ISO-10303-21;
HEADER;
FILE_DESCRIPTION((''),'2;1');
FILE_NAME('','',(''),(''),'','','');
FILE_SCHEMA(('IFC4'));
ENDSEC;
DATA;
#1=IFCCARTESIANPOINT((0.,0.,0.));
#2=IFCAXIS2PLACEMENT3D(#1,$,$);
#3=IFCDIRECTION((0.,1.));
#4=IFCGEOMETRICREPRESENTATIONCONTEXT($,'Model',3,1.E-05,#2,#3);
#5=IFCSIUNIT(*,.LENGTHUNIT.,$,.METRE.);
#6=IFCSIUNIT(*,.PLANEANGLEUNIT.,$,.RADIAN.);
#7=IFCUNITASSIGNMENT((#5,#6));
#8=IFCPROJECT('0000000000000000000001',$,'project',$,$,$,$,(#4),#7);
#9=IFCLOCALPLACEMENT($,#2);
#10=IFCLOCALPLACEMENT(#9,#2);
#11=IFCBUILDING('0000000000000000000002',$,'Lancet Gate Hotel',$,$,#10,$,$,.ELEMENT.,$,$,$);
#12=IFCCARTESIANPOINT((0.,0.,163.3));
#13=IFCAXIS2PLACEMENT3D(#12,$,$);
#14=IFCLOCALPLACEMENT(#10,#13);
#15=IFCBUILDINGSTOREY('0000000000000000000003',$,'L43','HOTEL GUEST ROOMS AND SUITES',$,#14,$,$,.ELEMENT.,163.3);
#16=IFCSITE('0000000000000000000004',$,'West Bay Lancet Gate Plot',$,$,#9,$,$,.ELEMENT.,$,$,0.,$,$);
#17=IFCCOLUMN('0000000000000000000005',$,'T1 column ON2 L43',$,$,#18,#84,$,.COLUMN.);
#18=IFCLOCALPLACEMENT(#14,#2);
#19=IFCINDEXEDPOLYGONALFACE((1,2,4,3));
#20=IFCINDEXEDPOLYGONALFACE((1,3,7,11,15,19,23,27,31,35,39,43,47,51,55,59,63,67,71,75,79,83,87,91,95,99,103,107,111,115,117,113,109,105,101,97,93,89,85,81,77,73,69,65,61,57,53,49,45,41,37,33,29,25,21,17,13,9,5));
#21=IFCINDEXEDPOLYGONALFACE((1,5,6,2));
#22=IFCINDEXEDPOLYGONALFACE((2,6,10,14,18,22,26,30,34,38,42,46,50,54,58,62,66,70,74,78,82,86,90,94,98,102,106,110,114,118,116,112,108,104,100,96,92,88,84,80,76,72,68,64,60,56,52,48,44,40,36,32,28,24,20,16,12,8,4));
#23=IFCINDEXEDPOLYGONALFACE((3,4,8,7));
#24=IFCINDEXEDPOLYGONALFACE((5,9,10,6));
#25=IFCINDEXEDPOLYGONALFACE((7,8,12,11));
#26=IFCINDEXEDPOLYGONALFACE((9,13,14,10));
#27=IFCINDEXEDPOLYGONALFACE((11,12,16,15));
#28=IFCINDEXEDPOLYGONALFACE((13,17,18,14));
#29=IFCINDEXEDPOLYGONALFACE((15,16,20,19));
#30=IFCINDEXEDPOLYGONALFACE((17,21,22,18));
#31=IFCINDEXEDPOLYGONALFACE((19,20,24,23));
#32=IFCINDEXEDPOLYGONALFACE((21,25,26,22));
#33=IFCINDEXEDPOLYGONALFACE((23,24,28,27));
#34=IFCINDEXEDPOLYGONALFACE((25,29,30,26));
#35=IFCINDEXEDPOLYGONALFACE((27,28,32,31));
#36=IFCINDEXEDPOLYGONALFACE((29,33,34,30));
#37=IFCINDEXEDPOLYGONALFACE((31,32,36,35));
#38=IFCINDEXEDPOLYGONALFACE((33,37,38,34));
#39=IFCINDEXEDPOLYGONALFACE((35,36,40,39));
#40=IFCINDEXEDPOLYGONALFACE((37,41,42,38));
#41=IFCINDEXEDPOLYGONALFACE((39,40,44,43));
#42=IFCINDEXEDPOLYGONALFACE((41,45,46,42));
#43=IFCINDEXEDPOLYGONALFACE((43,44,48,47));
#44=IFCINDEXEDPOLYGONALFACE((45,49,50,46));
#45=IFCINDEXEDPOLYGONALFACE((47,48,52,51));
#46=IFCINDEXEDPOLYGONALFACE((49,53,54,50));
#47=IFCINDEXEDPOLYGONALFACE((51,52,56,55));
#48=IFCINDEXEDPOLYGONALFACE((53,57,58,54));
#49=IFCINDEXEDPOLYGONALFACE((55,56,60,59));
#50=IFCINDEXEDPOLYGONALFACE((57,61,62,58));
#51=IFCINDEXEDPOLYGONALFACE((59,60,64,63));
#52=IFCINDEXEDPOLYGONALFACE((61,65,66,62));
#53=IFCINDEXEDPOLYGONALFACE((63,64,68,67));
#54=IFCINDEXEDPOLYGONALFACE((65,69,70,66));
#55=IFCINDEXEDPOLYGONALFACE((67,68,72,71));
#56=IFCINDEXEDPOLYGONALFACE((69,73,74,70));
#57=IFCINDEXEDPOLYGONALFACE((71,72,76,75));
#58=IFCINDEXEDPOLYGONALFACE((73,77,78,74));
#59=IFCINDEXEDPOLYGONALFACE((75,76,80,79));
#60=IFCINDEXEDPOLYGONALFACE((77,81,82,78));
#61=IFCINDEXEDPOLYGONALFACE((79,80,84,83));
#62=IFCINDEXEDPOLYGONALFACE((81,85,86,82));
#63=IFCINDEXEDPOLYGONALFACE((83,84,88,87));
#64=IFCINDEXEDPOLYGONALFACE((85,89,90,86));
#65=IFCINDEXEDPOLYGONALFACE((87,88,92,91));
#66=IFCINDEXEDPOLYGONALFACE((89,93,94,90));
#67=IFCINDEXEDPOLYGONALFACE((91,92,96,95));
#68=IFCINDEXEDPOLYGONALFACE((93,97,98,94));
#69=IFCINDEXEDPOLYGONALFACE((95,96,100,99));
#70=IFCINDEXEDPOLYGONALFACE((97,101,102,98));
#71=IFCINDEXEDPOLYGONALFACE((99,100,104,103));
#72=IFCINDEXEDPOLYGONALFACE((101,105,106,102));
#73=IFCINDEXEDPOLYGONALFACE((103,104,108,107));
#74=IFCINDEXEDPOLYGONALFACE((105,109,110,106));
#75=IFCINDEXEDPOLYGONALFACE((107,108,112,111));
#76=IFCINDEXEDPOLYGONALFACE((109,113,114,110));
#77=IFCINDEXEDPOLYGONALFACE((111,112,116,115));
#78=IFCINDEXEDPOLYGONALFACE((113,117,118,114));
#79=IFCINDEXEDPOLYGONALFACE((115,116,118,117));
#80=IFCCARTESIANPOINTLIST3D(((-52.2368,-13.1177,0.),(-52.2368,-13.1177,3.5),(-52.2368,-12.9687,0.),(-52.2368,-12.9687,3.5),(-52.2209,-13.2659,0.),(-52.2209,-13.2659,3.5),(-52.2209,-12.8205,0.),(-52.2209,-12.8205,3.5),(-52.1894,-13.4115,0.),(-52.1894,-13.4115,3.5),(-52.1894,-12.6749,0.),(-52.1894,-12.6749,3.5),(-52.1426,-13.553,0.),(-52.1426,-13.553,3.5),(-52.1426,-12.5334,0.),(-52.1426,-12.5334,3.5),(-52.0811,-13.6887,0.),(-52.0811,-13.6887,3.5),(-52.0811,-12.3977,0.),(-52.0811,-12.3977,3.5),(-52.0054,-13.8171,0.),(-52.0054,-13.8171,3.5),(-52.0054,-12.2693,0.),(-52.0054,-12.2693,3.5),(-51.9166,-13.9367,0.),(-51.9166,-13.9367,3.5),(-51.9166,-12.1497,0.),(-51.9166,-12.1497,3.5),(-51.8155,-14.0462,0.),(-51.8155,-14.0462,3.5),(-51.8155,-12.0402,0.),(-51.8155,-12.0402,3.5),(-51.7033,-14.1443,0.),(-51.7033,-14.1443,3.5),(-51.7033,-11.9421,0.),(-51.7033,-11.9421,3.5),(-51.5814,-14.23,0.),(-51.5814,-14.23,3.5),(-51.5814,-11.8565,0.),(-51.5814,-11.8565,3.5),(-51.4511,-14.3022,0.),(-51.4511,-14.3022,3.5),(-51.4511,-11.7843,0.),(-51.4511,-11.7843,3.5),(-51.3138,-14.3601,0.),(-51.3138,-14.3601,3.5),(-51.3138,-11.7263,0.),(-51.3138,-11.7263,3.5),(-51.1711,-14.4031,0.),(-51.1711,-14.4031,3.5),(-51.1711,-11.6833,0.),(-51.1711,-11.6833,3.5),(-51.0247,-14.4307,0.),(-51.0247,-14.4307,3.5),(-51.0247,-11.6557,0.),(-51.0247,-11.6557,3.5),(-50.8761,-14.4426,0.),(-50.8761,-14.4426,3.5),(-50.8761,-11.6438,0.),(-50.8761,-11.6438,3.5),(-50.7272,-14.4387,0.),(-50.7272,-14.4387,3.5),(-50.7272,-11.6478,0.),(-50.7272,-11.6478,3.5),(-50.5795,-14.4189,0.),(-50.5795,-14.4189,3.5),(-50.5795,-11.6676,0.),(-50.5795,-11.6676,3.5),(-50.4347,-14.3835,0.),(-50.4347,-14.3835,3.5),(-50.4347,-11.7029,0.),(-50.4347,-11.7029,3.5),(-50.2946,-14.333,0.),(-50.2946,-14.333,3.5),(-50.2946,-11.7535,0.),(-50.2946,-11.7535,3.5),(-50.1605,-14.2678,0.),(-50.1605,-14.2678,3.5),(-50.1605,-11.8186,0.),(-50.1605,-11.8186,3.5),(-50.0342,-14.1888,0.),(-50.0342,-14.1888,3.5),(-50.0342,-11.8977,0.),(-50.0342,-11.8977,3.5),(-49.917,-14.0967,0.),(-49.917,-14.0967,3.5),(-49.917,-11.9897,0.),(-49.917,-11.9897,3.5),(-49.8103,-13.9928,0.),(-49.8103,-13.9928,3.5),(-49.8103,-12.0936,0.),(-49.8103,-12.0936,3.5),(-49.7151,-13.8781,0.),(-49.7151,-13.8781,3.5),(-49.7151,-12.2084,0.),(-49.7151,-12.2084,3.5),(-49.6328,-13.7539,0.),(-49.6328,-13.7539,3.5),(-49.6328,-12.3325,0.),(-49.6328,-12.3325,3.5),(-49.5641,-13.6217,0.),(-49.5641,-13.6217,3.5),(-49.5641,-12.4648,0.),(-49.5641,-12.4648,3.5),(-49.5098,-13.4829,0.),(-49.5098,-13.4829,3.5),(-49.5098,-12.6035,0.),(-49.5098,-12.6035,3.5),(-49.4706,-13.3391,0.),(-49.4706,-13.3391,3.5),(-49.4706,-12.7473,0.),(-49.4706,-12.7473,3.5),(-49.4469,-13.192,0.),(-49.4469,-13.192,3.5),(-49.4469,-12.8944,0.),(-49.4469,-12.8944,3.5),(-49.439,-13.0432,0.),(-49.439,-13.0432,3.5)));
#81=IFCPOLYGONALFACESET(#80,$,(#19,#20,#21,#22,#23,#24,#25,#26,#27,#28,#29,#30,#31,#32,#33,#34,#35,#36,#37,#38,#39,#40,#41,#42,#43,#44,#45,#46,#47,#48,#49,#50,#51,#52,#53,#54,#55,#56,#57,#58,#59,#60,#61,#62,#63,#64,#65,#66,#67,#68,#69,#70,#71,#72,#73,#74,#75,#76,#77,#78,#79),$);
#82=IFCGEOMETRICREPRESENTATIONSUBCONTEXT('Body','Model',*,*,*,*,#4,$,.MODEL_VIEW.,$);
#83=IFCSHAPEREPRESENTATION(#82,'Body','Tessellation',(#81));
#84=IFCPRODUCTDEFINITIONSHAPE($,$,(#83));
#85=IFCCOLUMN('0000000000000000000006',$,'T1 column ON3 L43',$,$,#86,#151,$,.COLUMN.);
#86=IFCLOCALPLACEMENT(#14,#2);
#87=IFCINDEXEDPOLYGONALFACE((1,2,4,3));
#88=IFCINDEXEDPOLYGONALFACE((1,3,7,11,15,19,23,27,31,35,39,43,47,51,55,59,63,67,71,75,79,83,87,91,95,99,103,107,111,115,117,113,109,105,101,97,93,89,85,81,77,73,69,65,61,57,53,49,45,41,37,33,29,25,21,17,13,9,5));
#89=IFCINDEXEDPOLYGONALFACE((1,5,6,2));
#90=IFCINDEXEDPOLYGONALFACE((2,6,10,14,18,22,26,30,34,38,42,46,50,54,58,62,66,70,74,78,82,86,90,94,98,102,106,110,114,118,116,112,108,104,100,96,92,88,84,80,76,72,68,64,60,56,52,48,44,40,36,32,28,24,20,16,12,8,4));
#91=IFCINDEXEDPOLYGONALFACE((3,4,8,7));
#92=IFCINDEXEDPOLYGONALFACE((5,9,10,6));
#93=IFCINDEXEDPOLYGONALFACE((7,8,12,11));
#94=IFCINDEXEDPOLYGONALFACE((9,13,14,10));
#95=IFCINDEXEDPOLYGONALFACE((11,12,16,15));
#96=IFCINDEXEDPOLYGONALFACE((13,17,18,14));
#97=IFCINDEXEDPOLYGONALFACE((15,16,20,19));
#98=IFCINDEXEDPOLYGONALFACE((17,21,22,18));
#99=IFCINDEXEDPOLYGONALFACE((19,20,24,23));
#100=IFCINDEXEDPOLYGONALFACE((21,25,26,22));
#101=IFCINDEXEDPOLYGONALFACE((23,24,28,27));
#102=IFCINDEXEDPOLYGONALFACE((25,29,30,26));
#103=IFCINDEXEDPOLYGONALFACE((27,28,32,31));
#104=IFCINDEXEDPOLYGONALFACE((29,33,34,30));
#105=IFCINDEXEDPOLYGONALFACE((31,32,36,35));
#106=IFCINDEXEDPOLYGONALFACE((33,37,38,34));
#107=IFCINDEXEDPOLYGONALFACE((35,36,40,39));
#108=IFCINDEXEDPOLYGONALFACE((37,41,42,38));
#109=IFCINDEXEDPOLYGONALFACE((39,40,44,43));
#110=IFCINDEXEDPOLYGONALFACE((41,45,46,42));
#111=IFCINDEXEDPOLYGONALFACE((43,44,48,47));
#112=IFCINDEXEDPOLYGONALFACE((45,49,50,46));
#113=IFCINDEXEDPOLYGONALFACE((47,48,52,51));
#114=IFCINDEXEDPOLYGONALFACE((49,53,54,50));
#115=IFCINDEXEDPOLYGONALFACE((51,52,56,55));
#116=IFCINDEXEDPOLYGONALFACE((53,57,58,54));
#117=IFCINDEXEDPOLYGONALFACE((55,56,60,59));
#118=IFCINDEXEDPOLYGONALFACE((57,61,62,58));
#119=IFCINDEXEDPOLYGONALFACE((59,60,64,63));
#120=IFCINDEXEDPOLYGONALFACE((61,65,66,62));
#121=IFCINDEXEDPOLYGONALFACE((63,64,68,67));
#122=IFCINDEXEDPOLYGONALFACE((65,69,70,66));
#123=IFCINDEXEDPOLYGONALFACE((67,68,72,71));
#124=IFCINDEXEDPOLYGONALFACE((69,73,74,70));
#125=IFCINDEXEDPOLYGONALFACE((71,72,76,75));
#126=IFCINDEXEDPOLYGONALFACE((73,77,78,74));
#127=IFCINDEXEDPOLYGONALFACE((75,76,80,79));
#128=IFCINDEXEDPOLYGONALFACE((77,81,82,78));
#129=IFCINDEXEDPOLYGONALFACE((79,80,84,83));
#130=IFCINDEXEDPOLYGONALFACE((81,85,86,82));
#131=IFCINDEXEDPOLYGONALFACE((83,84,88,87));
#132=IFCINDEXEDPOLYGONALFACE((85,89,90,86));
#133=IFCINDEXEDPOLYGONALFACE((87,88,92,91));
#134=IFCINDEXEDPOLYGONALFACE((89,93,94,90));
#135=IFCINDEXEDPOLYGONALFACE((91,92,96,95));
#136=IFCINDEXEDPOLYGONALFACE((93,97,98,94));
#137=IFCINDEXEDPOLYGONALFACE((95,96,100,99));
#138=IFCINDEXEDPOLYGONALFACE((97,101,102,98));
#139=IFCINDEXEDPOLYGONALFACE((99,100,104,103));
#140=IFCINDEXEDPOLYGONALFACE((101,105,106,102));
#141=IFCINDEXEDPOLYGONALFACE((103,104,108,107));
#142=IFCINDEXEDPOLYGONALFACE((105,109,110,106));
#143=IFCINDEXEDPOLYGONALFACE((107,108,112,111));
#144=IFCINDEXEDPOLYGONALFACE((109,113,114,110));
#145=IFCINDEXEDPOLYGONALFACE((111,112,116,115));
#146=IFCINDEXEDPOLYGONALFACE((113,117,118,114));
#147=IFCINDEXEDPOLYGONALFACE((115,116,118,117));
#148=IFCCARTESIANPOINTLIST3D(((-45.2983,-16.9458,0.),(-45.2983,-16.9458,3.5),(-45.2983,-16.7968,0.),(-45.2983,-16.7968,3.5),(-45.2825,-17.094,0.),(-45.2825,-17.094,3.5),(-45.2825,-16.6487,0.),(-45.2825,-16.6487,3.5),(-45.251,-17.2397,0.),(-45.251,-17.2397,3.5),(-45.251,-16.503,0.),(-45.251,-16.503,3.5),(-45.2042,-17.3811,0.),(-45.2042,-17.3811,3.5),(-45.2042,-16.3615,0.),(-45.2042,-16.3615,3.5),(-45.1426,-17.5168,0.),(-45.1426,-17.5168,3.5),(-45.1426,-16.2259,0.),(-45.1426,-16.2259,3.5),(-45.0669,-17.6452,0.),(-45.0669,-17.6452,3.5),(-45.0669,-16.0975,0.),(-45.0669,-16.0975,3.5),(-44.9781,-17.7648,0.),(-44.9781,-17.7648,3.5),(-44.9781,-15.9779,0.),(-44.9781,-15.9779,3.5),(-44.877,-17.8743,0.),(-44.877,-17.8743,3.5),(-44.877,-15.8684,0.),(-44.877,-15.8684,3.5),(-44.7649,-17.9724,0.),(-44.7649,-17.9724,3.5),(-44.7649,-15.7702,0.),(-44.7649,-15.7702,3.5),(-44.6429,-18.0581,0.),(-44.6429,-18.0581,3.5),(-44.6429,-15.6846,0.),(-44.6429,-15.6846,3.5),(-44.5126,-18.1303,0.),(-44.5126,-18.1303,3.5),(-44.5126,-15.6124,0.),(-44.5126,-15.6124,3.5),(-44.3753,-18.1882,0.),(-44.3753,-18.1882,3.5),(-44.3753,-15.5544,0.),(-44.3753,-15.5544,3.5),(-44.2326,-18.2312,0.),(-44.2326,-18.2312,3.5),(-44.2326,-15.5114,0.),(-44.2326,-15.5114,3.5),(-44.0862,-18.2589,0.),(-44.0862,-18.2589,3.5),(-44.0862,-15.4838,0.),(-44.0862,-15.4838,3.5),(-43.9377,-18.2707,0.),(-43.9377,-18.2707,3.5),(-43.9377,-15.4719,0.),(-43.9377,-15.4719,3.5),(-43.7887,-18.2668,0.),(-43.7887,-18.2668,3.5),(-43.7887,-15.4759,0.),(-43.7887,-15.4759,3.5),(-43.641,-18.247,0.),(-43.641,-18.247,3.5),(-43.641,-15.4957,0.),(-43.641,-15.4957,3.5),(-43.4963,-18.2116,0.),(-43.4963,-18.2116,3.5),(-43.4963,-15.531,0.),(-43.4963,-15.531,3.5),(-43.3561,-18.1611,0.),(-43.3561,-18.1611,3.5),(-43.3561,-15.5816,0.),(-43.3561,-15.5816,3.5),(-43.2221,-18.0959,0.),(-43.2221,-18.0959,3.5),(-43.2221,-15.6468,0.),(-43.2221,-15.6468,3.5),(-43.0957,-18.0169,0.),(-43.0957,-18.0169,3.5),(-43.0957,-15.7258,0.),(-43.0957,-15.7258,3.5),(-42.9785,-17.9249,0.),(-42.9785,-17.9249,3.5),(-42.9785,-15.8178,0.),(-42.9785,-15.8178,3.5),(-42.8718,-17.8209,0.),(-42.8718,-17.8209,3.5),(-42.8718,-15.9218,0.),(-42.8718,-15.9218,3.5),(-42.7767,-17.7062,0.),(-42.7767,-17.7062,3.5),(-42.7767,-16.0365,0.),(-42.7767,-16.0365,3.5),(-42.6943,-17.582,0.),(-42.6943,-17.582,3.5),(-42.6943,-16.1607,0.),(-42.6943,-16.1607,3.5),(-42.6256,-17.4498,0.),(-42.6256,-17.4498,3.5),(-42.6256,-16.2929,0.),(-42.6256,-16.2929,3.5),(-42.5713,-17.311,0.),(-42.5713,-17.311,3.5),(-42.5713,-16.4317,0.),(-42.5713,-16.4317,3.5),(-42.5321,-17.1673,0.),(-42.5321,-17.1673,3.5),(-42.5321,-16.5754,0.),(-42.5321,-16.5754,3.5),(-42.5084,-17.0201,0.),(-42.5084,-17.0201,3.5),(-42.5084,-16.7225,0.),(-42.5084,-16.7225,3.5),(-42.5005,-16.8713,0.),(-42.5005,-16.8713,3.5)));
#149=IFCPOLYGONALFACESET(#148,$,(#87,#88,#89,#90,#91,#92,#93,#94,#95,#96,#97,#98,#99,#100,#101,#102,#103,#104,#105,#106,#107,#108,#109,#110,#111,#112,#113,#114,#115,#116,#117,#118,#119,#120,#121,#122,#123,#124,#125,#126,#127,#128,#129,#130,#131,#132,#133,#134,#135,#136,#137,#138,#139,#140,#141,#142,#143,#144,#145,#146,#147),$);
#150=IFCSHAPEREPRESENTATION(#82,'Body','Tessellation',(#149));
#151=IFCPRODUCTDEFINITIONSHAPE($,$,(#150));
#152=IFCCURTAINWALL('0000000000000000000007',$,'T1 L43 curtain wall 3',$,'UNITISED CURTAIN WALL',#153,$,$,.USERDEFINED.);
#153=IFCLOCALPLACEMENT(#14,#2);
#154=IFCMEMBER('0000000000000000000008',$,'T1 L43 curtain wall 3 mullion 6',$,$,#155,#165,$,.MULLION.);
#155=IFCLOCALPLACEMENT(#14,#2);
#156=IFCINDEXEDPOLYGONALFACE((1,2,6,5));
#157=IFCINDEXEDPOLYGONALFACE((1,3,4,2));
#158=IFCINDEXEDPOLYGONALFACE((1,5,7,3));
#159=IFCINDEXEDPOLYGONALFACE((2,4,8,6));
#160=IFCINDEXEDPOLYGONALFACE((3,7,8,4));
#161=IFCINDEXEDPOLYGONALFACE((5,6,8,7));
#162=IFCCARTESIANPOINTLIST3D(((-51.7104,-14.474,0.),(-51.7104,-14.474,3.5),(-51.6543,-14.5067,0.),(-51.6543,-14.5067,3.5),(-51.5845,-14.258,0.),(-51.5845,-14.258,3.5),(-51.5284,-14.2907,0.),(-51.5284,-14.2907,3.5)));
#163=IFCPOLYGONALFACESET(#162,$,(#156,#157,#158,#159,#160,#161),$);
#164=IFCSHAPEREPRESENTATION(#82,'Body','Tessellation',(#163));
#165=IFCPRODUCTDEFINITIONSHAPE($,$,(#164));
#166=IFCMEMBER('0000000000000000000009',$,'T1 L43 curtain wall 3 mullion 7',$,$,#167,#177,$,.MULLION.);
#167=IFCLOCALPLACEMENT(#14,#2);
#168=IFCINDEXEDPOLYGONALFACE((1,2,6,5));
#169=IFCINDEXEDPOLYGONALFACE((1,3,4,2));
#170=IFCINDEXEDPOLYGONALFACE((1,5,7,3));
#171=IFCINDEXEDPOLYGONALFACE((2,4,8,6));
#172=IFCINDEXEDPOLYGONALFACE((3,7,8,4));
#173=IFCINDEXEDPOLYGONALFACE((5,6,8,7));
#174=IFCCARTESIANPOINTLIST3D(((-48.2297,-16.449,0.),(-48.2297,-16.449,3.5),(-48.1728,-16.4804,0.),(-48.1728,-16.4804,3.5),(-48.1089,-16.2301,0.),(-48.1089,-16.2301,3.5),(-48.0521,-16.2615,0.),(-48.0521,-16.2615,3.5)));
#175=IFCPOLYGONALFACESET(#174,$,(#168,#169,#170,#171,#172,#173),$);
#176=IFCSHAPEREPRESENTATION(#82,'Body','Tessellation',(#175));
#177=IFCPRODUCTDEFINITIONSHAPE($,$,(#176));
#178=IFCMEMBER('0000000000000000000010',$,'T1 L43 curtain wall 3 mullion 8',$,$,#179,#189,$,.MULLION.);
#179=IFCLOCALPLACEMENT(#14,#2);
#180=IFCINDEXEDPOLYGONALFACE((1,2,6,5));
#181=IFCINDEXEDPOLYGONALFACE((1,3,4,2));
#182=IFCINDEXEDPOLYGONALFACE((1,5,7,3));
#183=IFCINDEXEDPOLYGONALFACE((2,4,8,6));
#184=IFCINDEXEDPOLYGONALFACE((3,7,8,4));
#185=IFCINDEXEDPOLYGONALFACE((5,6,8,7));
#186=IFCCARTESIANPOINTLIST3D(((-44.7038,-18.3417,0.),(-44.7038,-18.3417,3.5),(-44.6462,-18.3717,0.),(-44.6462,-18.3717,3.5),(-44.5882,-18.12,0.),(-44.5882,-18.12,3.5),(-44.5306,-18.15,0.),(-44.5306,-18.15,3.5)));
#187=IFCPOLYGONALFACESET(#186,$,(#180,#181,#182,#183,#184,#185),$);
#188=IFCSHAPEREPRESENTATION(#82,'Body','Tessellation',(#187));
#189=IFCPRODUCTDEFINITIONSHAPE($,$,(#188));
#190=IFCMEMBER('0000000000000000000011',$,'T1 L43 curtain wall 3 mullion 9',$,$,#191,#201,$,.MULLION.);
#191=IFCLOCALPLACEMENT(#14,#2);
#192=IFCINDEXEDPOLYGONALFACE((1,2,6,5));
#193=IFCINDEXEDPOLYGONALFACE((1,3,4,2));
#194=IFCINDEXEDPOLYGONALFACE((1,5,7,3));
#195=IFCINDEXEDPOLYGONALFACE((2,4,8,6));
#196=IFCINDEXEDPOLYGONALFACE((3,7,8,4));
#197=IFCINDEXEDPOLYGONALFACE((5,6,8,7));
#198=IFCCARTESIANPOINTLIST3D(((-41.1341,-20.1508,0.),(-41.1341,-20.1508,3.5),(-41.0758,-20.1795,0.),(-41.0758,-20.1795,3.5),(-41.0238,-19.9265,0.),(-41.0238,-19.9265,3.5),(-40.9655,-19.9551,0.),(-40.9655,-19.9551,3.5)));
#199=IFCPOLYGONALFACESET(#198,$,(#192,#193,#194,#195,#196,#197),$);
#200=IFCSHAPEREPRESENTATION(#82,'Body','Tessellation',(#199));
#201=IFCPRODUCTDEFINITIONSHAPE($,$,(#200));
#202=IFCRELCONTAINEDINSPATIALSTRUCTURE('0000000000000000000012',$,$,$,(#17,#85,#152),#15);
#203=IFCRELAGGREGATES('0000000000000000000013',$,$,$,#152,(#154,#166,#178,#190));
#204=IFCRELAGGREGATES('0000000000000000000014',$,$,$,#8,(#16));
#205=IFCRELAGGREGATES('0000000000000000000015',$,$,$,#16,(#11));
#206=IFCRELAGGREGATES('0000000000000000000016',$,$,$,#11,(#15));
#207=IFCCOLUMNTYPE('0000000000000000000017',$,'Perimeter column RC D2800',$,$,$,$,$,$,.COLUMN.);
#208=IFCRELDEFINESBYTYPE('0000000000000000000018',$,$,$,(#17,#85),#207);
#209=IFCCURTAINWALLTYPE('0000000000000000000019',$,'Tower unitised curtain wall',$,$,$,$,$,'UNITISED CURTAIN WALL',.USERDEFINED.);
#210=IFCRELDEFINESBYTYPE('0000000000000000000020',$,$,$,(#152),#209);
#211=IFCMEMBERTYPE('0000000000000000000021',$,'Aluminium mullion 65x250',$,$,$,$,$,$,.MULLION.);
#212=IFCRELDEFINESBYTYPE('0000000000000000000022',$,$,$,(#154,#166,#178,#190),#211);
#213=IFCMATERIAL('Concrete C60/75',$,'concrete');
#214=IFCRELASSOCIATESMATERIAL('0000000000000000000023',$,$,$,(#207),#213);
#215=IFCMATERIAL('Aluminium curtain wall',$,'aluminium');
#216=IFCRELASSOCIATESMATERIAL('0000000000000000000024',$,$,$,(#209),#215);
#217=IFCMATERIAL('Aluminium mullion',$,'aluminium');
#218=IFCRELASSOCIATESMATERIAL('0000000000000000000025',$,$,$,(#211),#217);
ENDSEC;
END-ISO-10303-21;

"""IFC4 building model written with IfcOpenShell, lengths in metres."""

from ifc_helpers import new_model, si_unit, direction, frame, origin, origin_2d, place, context, subcontext, project, spatial, rectangle, circle, extrude, material, material_profile, profile_set, type_object, element, aggregate, save


model = new_model("IFC4")

# Units and contexts
model_context = context("Model", 3, precision=1e-05, world=origin(), true_north=direction((0.0, 1.0)))
body_context = subcontext(model_context, "Body", "Model", "MODEL_VIEW")
ifc_project = project(units=[si_unit("LENGTHUNIT", "METRE"), si_unit("PLANEANGLEUNIT", "RADIAN")], contexts=[model_context])

# Site, building, storey
site_placement = place(None, origin())
site = spatial("IfcSite", under=ifc_project, at=site_placement, Name="West Bay Lancet Gate Plot", CompositionType="ELEMENT", RefElevation=0.0)
building_placement = place(site_placement, origin())
building = spatial("IfcBuilding", under=site, at=building_placement, Name="Lancet Gate Hotel", CompositionType="ELEMENT")
storey_placement = place(building_placement, frame((0.0, 0.0, 163.3)))
storey = spatial("IfcBuildingStorey", under=building, at=storey_placement, Name="L43", Description="HOTEL GUEST ROOMS AND SUITES", CompositionType="ELEMENT", Elevation=163.3)

# Columns
ifc_material_1 = material(Name="Concrete C60/75", Category="concrete")
ifc_material_profile_1 = material_profile(ifc_material_1, circle(Radius=1.3999, at=origin_2d()), Name="RC D2800")
ifc_profile_set_1 = profile_set([ifc_material_profile_1], Name="Concrete C60/75")
column_type = type_object("IfcColumnType", Name="Perimeter column RC D2800", PredefinedType="COLUMN", material=ifc_profile_set_1)
for number, where, z_axis, x_axis, name in (
    (1, (-50.8389, -13.0432, 0.0), (0.0, 0.0, 1.0), (1.0, 0.0, 0.0), "T1 column ON2 L43"),
    (2, (-43.9004, -16.8713, 0.0), (0.0, 0.0, 1.0), (1.0, 0.0, 0.0), "T1 column ON3 L43"),
):
    element("IfcColumn", number, at=place(storey_placement, frame(where, z_axis=z_axis, x_axis=x_axis)), inside=storey, type_object=column_type, Name=name, PredefinedType="COLUMN", context=body_context, shape_type="SweptSolid", body=[
        extrude(circle(Radius=1.3999, at=origin_2d()), origin(), (0.0, 0.0, 1.0), 3.5),
    ])

# Curtain wall, members
ifc_material_2 = material(Name="Aluminium curtain wall", Category="aluminium")
curtain_wall_type = type_object("IfcCurtainWallType", Name="Tower unitised curtain wall", ElementType="UNITISED CURTAIN WALL", PredefinedType="USERDEFINED", material=ifc_material_2)
curtain_wall_placement = place(storey_placement, origin())
curtain_wall = element("IfcCurtainWall", 3, at=curtain_wall_placement, inside=storey, type_object=curtain_wall_type, Name="T1 L43 curtain wall 3", ObjectType="UNITISED CURTAIN WALL", PredefinedType="USERDEFINED")
ifc_material_3 = material(Name="Aluminium mullion", Category="aluminium")
ifc_material_profile_2 = material_profile(ifc_material_3, rectangle(XDim=0.0649, YDim=0.25, at=origin_2d()), Name="MULLION 65x250")
ifc_profile_set_2 = profile_set([ifc_material_profile_2], Name="Aluminium mullion")
member_type_1 = type_object("IfcMemberType", Name="Aluminium mullion 65x250", PredefinedType="MULLION", material=ifc_profile_set_2)
member_1_placement = place(storey_placement, frame((-51.6194, -14.3823, 0.0), z_axis=(0.0, 0.0, 1.0), x_axis=(0.863969, -0.503545, 0.0)))
member_1 = element("IfcMember", 4, at=member_1_placement, type_object=member_type_1, Name="T1 L43 curtain wall 3 mullion 6", PredefinedType="MULLION", context=body_context, shape_type="SweptSolid", body=[
    extrude(rectangle(XDim=0.0649, YDim=0.25, at=origin_2d()), origin(), (0.0, 0.0, 1.0), 3.5),
])
member_2_placement = place(storey_placement, frame((-48.1409, -16.3552, 0.0), z_axis=(0.0, 0.0, 1.0), x_axis=(0.875574, -0.483084, 0.0)))
member_2 = element("IfcMember", 5, at=member_2_placement, type_object=member_type_1, Name="T1 L43 curtain wall 3 mullion 7", PredefinedType="MULLION", context=body_context, shape_type="SweptSolid", body=[
    extrude(rectangle(XDim=0.0649, YDim=0.25, at=origin_2d()), origin(), (0.0, 0.0, 1.0), 3.5),
])
member_3_placement = place(storey_placement, frame((-44.6172, -18.2458, 0.0), z_axis=(0.0, 0.0, 1.0), x_axis=(0.886694, -0.462356, 0.0)))
member_3 = element("IfcMember", 6, at=member_3_placement, type_object=member_type_1, Name="T1 L43 curtain wall 3 mullion 8", PredefinedType="MULLION", context=body_context, shape_type="SweptSolid", body=[
    extrude(rectangle(XDim=0.0649, YDim=0.25, at=origin_2d()), origin(), (0.0, 0.0, 1.0), 3.5),
])
member_4_placement = place(storey_placement, frame((-41.0498, -20.053, 0.0), z_axis=(0.0, 0.0, 1.0), x_axis=(0.897324, -0.441372, 0.0)))
member_4 = element("IfcMember", 7, at=member_4_placement, type_object=member_type_1, Name="T1 L43 curtain wall 3 mullion 9", PredefinedType="MULLION", context=body_context, shape_type="SweptSolid", body=[
    extrude(rectangle(XDim=0.0649, YDim=0.25, at=origin_2d()), origin(), (0.0, 0.0, 1.0), 3.5),
])

aggregate(curtain_wall, [member_1, member_2, member_3, member_4])

save(model, "model.ifc")
